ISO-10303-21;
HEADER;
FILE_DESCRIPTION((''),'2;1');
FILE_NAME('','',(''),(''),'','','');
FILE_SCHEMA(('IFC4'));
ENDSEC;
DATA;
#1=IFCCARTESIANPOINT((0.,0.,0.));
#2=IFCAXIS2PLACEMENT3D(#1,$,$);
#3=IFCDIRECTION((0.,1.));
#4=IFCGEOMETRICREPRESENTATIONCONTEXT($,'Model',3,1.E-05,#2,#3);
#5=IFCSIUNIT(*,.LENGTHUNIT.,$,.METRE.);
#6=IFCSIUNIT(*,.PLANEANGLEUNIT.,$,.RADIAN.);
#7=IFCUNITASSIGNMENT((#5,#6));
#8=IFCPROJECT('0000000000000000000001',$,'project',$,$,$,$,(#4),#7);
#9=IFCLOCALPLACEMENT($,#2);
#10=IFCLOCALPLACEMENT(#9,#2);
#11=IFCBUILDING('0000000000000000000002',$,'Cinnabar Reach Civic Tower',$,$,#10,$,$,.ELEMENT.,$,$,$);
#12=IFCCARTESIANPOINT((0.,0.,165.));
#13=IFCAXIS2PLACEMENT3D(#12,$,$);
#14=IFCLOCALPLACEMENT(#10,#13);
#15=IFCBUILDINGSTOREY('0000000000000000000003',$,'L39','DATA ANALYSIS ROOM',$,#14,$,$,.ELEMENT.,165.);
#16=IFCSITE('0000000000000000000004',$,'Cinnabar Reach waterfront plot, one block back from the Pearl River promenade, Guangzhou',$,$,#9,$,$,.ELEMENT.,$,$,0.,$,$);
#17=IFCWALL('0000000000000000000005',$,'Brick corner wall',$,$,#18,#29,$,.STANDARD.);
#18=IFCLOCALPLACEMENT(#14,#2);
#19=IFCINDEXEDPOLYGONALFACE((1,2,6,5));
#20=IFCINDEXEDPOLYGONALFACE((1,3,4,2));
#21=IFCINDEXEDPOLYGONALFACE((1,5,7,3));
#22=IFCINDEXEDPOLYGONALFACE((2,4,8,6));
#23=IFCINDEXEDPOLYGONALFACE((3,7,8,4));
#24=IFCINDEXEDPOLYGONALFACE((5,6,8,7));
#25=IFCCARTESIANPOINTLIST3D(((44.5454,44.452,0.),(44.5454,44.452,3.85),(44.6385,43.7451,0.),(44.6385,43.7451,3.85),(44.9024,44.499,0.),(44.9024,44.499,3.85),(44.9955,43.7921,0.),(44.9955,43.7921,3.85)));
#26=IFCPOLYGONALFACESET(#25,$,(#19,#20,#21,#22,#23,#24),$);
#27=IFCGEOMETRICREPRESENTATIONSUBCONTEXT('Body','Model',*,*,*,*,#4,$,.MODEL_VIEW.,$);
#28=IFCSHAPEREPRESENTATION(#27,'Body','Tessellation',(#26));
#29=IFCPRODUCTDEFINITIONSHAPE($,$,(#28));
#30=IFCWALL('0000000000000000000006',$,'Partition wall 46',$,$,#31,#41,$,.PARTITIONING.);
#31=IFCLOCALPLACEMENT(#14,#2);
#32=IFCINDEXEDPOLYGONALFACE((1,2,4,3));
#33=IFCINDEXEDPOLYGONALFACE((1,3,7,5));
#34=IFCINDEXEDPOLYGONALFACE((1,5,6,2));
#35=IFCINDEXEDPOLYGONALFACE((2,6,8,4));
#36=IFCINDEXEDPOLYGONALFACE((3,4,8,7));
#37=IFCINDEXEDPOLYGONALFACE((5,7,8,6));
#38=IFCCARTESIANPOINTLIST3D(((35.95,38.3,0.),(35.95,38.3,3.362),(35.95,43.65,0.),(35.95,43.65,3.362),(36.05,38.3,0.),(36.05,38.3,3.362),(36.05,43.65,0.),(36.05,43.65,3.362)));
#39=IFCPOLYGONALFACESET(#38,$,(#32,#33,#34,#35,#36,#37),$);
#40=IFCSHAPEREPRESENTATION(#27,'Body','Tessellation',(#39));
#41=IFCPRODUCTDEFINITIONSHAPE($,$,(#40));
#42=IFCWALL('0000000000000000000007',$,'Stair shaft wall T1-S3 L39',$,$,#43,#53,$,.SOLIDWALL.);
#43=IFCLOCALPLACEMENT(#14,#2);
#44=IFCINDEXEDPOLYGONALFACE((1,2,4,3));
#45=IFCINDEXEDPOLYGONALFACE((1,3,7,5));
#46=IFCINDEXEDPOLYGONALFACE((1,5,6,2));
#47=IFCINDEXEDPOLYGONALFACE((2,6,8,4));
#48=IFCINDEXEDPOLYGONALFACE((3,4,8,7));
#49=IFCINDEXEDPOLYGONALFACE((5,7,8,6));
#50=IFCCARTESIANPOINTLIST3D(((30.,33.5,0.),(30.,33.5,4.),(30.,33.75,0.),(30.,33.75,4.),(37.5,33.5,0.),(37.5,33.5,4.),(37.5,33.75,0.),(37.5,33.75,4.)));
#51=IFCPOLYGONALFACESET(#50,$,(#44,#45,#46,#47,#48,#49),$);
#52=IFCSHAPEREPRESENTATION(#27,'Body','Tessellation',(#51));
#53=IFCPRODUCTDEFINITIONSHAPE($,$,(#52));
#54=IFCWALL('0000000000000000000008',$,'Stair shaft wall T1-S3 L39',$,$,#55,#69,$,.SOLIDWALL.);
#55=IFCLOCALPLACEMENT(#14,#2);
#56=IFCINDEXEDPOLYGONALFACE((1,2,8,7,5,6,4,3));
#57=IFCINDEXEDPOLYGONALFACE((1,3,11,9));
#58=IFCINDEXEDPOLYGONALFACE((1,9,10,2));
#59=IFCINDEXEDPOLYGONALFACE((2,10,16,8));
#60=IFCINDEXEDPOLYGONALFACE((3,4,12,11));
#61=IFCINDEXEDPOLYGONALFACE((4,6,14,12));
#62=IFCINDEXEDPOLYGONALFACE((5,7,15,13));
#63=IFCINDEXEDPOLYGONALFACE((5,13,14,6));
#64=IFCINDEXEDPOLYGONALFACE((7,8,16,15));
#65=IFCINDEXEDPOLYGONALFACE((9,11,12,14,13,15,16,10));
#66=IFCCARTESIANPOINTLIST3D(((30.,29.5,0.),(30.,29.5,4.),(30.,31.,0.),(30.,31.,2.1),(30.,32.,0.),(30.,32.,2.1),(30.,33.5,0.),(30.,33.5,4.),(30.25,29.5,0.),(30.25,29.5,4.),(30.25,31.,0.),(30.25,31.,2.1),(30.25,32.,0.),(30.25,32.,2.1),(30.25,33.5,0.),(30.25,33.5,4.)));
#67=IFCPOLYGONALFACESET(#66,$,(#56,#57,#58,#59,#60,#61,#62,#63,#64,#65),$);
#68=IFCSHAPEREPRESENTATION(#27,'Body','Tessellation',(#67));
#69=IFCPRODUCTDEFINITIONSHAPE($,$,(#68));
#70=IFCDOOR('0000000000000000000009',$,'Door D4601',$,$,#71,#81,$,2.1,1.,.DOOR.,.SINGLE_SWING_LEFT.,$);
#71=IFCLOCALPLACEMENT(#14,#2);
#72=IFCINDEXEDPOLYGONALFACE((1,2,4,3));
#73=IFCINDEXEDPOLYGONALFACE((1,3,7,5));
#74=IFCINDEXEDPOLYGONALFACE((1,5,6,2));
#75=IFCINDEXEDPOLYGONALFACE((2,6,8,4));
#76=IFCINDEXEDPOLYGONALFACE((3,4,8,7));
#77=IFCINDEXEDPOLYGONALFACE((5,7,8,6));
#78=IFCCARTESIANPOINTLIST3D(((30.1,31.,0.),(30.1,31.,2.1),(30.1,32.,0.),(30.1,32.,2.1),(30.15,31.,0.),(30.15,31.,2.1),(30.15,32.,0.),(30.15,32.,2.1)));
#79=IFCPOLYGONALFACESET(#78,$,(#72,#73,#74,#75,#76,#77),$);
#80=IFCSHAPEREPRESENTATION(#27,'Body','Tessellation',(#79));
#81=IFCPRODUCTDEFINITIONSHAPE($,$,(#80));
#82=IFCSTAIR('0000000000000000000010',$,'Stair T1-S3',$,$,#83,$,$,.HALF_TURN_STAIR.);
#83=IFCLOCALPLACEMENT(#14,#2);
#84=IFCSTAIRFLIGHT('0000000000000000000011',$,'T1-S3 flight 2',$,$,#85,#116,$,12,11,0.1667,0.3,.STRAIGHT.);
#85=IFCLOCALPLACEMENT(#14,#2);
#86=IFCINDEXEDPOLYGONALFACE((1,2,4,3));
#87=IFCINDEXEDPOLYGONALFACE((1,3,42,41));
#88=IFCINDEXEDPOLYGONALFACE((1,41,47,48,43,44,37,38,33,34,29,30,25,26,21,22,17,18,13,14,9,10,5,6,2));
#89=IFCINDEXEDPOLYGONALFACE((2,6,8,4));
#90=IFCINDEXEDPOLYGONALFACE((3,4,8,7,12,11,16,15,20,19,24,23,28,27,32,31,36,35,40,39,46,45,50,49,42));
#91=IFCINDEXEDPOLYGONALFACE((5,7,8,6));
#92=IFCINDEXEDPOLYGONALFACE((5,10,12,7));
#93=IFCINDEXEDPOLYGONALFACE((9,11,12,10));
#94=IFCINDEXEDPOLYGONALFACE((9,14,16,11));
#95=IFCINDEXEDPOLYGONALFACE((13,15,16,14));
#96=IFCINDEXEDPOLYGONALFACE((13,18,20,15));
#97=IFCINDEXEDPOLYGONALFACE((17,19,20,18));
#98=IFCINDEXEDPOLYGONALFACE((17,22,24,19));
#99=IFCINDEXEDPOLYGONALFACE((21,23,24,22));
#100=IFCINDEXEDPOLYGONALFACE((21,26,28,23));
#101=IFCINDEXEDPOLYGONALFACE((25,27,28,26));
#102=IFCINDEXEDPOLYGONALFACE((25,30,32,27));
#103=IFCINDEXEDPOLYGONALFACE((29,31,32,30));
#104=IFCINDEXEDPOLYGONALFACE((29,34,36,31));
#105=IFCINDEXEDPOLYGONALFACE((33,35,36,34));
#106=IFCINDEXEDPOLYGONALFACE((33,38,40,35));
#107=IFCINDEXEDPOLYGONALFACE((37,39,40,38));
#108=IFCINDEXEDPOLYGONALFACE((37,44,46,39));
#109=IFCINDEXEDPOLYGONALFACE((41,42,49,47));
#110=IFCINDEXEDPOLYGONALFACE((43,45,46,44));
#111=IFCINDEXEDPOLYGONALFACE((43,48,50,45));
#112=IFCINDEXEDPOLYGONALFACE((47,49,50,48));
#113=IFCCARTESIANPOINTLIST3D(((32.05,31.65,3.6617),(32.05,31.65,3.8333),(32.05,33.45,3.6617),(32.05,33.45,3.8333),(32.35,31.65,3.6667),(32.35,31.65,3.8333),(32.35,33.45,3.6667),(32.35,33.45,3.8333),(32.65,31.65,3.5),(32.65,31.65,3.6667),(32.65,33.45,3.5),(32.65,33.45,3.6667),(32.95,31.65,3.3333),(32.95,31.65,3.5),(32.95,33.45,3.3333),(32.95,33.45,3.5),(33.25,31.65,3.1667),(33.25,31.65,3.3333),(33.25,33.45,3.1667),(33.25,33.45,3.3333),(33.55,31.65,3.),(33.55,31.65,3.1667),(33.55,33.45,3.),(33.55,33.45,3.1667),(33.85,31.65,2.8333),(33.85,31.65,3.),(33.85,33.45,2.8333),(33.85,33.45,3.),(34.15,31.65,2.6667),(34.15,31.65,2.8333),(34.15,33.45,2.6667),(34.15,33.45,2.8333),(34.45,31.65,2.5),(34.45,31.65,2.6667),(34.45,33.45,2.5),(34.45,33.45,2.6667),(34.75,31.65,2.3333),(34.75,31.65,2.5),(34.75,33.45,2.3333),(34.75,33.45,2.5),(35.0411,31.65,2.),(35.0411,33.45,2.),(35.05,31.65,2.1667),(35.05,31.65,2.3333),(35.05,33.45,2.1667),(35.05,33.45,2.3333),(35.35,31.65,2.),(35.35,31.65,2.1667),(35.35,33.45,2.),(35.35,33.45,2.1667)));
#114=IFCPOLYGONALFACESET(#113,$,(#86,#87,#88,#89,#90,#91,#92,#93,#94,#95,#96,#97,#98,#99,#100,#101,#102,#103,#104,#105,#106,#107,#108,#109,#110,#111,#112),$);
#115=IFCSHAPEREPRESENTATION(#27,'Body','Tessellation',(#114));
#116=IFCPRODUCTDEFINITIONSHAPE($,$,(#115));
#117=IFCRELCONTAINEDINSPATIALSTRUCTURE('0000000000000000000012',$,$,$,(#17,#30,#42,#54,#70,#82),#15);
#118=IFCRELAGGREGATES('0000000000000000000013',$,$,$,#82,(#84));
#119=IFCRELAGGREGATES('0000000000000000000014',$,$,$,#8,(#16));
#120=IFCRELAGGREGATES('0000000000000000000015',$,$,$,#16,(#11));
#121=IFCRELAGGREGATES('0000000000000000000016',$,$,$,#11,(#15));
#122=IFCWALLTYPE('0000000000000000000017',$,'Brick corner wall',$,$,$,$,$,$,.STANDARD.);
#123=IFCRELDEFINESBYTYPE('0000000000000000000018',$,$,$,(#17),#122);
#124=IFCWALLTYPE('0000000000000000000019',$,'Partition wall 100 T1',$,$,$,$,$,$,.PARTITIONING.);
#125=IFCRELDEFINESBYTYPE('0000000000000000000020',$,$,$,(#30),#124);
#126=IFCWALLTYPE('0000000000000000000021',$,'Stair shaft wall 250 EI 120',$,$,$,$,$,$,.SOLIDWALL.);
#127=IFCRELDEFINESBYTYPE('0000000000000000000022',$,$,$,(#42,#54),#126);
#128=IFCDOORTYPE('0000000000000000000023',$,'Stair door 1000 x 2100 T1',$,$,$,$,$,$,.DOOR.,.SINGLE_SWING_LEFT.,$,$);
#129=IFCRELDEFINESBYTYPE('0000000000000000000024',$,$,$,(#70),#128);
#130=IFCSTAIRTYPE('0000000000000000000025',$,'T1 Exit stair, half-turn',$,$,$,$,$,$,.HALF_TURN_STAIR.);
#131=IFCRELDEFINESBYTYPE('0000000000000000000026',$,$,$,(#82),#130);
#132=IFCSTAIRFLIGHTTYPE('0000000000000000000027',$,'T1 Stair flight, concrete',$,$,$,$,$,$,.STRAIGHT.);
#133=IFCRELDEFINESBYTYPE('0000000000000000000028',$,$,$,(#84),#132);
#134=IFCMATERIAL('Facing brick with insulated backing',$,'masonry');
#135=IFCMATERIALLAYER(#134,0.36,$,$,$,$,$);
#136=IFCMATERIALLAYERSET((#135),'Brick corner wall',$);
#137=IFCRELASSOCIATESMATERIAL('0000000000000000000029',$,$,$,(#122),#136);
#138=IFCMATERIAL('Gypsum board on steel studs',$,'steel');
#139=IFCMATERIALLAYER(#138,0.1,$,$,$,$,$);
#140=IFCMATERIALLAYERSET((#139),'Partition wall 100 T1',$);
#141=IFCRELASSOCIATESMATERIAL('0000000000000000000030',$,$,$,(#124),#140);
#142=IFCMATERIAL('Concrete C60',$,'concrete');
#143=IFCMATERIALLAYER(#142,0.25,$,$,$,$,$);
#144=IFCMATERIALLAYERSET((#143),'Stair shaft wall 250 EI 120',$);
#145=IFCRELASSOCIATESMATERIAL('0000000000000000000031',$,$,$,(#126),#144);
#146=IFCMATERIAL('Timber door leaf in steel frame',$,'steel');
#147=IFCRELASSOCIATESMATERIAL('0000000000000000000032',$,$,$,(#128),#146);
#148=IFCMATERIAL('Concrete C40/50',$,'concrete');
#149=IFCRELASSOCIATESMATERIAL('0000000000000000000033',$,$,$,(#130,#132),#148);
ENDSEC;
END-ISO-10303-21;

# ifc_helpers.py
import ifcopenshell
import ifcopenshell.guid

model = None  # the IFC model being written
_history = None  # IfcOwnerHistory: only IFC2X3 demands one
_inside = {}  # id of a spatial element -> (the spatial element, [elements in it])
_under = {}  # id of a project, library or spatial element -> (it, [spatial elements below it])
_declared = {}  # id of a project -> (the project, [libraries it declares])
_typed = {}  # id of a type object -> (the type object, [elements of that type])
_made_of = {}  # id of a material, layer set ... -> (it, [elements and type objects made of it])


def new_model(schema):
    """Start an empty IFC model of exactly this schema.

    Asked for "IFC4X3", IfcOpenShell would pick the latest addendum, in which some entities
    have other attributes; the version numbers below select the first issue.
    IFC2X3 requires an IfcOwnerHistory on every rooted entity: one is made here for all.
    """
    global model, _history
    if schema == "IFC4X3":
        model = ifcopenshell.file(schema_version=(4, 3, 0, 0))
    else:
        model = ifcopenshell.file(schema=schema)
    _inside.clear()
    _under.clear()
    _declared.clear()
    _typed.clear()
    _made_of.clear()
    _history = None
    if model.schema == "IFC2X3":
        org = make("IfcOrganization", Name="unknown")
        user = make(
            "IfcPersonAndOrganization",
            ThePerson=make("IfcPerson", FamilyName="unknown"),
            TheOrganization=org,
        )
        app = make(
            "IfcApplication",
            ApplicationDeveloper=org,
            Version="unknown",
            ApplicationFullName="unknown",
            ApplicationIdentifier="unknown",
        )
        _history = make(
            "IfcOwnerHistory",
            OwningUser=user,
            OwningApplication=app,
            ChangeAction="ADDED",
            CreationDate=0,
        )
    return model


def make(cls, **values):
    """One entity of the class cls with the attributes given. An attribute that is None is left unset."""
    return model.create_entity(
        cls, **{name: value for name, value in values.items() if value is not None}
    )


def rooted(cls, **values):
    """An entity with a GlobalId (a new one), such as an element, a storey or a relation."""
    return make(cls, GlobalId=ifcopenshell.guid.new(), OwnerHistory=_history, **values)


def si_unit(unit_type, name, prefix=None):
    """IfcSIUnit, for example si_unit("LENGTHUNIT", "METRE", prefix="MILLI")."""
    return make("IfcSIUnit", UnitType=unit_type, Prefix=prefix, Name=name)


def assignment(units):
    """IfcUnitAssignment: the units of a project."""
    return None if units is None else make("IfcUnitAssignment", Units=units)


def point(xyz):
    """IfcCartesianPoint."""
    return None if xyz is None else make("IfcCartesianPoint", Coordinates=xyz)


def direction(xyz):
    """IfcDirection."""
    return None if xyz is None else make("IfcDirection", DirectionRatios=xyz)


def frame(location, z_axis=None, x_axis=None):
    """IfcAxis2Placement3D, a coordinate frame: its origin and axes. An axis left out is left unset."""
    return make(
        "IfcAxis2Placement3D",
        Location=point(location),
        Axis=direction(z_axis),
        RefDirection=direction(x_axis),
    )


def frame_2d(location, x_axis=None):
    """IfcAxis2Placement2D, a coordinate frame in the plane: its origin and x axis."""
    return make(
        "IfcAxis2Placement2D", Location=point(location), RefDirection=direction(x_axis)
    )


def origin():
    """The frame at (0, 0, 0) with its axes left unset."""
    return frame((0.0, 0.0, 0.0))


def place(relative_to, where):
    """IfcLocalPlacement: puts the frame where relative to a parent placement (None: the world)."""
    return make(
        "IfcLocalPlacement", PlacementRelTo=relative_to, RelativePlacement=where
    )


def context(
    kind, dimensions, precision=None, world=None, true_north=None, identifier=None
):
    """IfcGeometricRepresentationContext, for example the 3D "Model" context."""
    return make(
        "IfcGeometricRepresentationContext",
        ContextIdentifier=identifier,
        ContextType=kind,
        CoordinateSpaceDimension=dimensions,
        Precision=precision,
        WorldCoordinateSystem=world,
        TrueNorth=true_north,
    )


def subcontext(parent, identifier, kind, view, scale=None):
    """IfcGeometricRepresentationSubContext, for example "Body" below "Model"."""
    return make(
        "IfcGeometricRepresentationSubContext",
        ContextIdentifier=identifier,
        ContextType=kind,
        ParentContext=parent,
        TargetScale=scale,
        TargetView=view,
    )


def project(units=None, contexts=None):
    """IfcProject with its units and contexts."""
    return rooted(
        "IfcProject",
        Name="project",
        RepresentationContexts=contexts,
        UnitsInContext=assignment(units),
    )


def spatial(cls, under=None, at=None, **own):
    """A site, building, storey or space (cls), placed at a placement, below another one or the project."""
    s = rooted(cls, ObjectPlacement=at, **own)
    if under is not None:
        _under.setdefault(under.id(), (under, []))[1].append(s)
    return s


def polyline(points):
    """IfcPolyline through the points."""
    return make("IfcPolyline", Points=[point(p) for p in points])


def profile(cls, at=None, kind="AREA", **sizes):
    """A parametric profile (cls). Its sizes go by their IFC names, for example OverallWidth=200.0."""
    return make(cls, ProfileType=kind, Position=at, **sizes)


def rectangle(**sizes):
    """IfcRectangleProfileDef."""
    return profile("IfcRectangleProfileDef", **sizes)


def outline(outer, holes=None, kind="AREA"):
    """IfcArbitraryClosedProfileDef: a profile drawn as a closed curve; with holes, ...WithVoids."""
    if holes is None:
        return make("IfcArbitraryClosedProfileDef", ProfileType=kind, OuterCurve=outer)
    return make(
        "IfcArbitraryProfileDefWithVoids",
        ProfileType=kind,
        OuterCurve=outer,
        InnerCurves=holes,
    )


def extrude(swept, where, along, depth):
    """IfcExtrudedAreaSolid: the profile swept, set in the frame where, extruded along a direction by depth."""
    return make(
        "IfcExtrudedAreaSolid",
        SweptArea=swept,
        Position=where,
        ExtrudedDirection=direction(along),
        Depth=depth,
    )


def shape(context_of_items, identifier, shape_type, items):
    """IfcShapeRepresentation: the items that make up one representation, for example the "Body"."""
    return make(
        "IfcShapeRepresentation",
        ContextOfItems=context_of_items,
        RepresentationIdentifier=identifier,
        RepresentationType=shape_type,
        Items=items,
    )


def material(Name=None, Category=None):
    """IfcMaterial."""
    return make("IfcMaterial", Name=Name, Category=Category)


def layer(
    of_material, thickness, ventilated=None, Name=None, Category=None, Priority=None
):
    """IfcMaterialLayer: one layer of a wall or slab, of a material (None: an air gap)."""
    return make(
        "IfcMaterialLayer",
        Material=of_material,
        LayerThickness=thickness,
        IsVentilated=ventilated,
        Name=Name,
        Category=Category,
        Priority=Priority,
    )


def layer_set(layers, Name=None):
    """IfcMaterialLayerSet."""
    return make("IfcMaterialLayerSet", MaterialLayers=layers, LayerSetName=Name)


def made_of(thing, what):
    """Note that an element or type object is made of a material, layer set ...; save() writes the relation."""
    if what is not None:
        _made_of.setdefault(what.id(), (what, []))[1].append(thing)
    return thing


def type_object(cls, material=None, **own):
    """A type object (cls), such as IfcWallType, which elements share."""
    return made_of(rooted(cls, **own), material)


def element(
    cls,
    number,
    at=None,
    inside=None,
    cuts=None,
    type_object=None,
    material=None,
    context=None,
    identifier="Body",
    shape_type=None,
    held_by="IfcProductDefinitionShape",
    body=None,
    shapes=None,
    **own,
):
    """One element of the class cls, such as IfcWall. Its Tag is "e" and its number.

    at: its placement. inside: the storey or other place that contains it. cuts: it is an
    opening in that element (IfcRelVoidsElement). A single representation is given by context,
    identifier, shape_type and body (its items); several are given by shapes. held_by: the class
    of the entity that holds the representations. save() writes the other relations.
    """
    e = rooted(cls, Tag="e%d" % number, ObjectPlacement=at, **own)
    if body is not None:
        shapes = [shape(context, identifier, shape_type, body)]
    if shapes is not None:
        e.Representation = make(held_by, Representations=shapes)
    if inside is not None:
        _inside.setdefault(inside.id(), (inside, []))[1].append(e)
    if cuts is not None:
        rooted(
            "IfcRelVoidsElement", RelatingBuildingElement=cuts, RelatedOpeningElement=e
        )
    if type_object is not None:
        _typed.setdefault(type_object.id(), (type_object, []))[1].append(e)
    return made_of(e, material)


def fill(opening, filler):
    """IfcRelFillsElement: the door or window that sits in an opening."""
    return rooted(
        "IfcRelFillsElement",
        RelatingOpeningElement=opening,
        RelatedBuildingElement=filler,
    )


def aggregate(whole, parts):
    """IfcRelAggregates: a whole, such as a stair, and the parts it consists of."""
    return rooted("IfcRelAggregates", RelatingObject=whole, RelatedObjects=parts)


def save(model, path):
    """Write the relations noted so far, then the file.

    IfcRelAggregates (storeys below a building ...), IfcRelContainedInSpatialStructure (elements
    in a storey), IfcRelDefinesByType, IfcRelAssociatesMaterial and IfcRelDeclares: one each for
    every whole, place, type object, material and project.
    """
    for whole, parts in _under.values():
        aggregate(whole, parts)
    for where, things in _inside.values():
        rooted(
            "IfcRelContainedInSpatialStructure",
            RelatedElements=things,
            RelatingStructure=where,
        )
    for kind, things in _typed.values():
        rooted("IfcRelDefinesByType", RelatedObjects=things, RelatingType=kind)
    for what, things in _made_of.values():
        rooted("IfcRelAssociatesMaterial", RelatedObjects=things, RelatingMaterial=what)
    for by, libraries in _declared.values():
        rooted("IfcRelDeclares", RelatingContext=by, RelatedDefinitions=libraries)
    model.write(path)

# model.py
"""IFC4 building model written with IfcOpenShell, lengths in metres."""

from ifc_helpers import new_model, si_unit, direction, frame, frame_2d, origin, place, context, subcontext, project, spatial, polyline, rectangle, outline, extrude, material, layer, layer_set, type_object, element, fill, aggregate, save


model = new_model("IFC4")

# Units and contexts
model_context = context("Model", 3, precision=1e-05, world=origin(), true_north=direction((0.0, 1.0)))
body_context = subcontext(model_context, "Body", "Model", "MODEL_VIEW")
ifc_project = project(units=[si_unit("LENGTHUNIT", "METRE"), si_unit("PLANEANGLEUNIT", "RADIAN")], contexts=[model_context])

# Site, building, storey
site_placement = place(None, origin())
site = spatial("IfcSite", under=ifc_project, at=site_placement, Name="Cinnabar Reach waterfront plot, one block back from the Pearl River promenade, Guangzhou", CompositionType="ELEMENT", RefElevation=0.0)
building_placement = place(site_placement, origin())
building = spatial("IfcBuilding", under=site, at=building_placement, Name="Cinnabar Reach Civic Tower", CompositionType="ELEMENT")
storey_placement = place(building_placement, frame((0.0, 0.0, 165.0)))
storey = spatial("IfcBuildingStorey", under=building, at=storey_placement, Name="L39", Description="DATA ANALYSIS ROOM", CompositionType="ELEMENT", Elevation=165.0)

# Walls
ifc_material_1 = material(Name="Facing brick with insulated backing", Category="masonry")
ifc_layer_1 = layer(ifc_material_1, 0.36)
ifc_layer_set_1 = layer_set([ifc_layer_1], Name="Brick corner wall")
wall_type_1 = type_object("IfcWallType", Name="Brick corner wall", PredefinedType="STANDARD", material=ifc_layer_set_1)
wall_1_placement = place(storey_placement, frame((44.817, 43.7686, 0.0), z_axis=(0.0, 0.0, 1.0), x_axis=(-0.130556, 0.991441, 0.0)))
element("IfcWall", 1, at=wall_1_placement, inside=storey, type_object=wall_type_1, Name="Brick corner wall", PredefinedType="STANDARD", context=body_context, shape_type="SweptSolid", body=[
    extrude(rectangle(XDim=0.7131, YDim=0.36, at=frame_2d((0.3565, 0.0))), origin(), (0.0, 0.0, 1.0), 3.85),
])
ifc_material_2 = material(Name="Gypsum board on steel studs", Category="steel")
ifc_layer_2 = layer(ifc_material_2, 0.1)
ifc_layer_set_2 = layer_set([ifc_layer_2], Name="Partition wall 100 T1")
wall_type_2 = type_object("IfcWallType", Name="Partition wall 100 T1", PredefinedType="PARTITIONING", material=ifc_layer_set_2)
wall_2_placement = place(storey_placement, frame((36.0, 38.3, 0.0), z_axis=(0.0, 0.0, 1.0), x_axis=(0.0, 1.0, 0.0)))
element("IfcWall", 2, at=wall_2_placement, inside=storey, type_object=wall_type_2, Name="Partition wall 46", PredefinedType="PARTITIONING", context=body_context, shape_type="SweptSolid", body=[
    extrude(rectangle(XDim=5.35, YDim=0.1, at=frame_2d((2.675, 0.0))), origin(), (0.0, 0.0, 1.0), 3.362),
])
ifc_material_3 = material(Name="Concrete C60", Category="concrete")
ifc_layer_3 = layer(ifc_material_3, 0.25)
ifc_layer_set_3 = layer_set([ifc_layer_3], Name="Stair shaft wall 250 EI 120")
wall_type_3 = type_object("IfcWallType", Name="Stair shaft wall 250 EI 120", PredefinedType="SOLIDWALL", material=ifc_layer_set_3)
wall_3_placement = place(storey_placement, frame((37.5, 33.625, 0.0), z_axis=(0.0, 0.0, 1.0), x_axis=(-1.0, 0.0, 0.0)))
element("IfcWall", 3, at=wall_3_placement, inside=storey, type_object=wall_type_3, Name="Stair shaft wall T1-S3 L39", PredefinedType="SOLIDWALL", context=body_context, shape_type="SweptSolid", body=[
    extrude(rectangle(XDim=7.5, YDim=0.25, at=frame_2d((3.75, 0.0))), origin(), (0.0, 0.0, 1.0), 4.0),
])

# Wall, opening, door
wall_4_placement = place(storey_placement, frame((30.125, 33.5, 0.0), z_axis=(0.0, 0.0, 1.0), x_axis=(0.0, -1.0, 0.0)))
wall_4 = element("IfcWall", 4, at=wall_4_placement, inside=storey, type_object=wall_type_3, Name="Stair shaft wall T1-S3 L39", PredefinedType="SOLIDWALL", context=body_context, shape_type="SweptSolid", body=[
    extrude(rectangle(XDim=4.0, YDim=0.25, at=frame_2d((2.0, 0.0))), origin(), (0.0, 0.0, 1.0), 4.0),
])
opening_placement = place(wall_4_placement, frame((1.5, 0.0, 0.0)))
opening = element("IfcOpeningElement", 5, at=opening_placement, cuts=wall_4, PredefinedType="OPENING", context=body_context, shape_type="SweptSolid", body=[
    extrude(rectangle(XDim=1.0, YDim=2.1, at=frame_2d((0.5, 1.05))), frame((0.0, 0.135, 0.0), z_axis=(0.0, -1.0, 0.0), x_axis=(1.0, 0.0, 0.0)), (0.0, 0.0, 1.0), 0.27),
])
ifc_material_4 = material(Name="Timber door leaf in steel frame", Category="steel")
door_type = type_object("IfcDoorType", Name="Stair door 1000 x 2100 T1", OperationType="SINGLE_SWING_LEFT", PredefinedType="DOOR", material=ifc_material_4)
door_placement = place(opening_placement, origin())
door = element("IfcDoor", 6, at=door_placement, inside=storey, type_object=door_type, Name="Door D4601", OperationType="SINGLE_SWING_LEFT", OverallHeight=2.1, OverallWidth=1.0, PredefinedType="DOOR", context=body_context, shape_type="SweptSolid", body=[
    extrude(rectangle(XDim=1.0, YDim=2.1, at=frame_2d((0.5, 1.05))), frame((0.0, 0.025, 0.0), z_axis=(0.0, -1.0, 0.0), x_axis=(1.0, 0.0, 0.0)), (0.0, 0.0, 1.0), 0.05),
])
fill(opening, door)

# Stair, stair flight
ifc_material_5 = material(Name="Concrete C40/50", Category="concrete")
stair_type = type_object("IfcStairType", Name="T1 Exit stair, half-turn", PredefinedType="HALF_TURN_STAIR", material=ifc_material_5)
stair_placement = place(storey_placement, origin())
stair = element("IfcStair", 7, at=stair_placement, inside=storey, type_object=stair_type, Name="Stair T1-S3", PredefinedType="HALF_TURN_STAIR")
stair_flight_type = type_object("IfcStairFlightType", Name="T1 Stair flight, concrete", PredefinedType="STRAIGHT", material=ifc_material_5)
stair_flight_placement = place(storey_placement, frame((35.35, 32.55, 2.0), z_axis=(0.0, 0.0, 1.0), x_axis=(-1.0, 0.0, 0.0)))
stair_flight = element("IfcStairFlight", 8, at=stair_flight_placement, type_object=stair_flight_type, Name="T1-S3 flight 2", NumberOfRisers=12, NumberOfTreads=11, PredefinedType="STRAIGHT", RiserHeight=0.1667, TreadLength=0.3, context=body_context, shape_type="SweptSolid", body=[
    extrude(outline(polyline([(0.0, 0.0), (0.0, 0.1667), (0.3, 0.1667), (0.3, 0.3333), (0.6, 0.3333), (0.6, 0.5), (0.9, 0.5), (0.9, 0.6667), (1.2, 0.6667), (1.2, 0.8333), (1.5, 0.8333), (1.5, 1.0), (1.8, 1.0), (1.8, 1.1667), (2.1, 1.1667), (2.1, 1.3333), (2.4, 1.3333), (2.4, 1.5), (2.7, 1.5), (2.7, 1.6667), (3.0, 1.6667), (3.0, 1.8333), (3.3, 1.8333), (3.3, 2.0), (3.3, 1.6617), (0.3089, 0.0), (0.0, 0.0)])), frame((0.0, 0.9, 0.0), z_axis=(0.0, -1.0, 0.0), x_axis=(1.0, 0.0, 0.0)), (0.0, 0.0, 1.0), 1.8),
])
aggregate(stair, [stair_flight])

save(model, "model.ifc")
